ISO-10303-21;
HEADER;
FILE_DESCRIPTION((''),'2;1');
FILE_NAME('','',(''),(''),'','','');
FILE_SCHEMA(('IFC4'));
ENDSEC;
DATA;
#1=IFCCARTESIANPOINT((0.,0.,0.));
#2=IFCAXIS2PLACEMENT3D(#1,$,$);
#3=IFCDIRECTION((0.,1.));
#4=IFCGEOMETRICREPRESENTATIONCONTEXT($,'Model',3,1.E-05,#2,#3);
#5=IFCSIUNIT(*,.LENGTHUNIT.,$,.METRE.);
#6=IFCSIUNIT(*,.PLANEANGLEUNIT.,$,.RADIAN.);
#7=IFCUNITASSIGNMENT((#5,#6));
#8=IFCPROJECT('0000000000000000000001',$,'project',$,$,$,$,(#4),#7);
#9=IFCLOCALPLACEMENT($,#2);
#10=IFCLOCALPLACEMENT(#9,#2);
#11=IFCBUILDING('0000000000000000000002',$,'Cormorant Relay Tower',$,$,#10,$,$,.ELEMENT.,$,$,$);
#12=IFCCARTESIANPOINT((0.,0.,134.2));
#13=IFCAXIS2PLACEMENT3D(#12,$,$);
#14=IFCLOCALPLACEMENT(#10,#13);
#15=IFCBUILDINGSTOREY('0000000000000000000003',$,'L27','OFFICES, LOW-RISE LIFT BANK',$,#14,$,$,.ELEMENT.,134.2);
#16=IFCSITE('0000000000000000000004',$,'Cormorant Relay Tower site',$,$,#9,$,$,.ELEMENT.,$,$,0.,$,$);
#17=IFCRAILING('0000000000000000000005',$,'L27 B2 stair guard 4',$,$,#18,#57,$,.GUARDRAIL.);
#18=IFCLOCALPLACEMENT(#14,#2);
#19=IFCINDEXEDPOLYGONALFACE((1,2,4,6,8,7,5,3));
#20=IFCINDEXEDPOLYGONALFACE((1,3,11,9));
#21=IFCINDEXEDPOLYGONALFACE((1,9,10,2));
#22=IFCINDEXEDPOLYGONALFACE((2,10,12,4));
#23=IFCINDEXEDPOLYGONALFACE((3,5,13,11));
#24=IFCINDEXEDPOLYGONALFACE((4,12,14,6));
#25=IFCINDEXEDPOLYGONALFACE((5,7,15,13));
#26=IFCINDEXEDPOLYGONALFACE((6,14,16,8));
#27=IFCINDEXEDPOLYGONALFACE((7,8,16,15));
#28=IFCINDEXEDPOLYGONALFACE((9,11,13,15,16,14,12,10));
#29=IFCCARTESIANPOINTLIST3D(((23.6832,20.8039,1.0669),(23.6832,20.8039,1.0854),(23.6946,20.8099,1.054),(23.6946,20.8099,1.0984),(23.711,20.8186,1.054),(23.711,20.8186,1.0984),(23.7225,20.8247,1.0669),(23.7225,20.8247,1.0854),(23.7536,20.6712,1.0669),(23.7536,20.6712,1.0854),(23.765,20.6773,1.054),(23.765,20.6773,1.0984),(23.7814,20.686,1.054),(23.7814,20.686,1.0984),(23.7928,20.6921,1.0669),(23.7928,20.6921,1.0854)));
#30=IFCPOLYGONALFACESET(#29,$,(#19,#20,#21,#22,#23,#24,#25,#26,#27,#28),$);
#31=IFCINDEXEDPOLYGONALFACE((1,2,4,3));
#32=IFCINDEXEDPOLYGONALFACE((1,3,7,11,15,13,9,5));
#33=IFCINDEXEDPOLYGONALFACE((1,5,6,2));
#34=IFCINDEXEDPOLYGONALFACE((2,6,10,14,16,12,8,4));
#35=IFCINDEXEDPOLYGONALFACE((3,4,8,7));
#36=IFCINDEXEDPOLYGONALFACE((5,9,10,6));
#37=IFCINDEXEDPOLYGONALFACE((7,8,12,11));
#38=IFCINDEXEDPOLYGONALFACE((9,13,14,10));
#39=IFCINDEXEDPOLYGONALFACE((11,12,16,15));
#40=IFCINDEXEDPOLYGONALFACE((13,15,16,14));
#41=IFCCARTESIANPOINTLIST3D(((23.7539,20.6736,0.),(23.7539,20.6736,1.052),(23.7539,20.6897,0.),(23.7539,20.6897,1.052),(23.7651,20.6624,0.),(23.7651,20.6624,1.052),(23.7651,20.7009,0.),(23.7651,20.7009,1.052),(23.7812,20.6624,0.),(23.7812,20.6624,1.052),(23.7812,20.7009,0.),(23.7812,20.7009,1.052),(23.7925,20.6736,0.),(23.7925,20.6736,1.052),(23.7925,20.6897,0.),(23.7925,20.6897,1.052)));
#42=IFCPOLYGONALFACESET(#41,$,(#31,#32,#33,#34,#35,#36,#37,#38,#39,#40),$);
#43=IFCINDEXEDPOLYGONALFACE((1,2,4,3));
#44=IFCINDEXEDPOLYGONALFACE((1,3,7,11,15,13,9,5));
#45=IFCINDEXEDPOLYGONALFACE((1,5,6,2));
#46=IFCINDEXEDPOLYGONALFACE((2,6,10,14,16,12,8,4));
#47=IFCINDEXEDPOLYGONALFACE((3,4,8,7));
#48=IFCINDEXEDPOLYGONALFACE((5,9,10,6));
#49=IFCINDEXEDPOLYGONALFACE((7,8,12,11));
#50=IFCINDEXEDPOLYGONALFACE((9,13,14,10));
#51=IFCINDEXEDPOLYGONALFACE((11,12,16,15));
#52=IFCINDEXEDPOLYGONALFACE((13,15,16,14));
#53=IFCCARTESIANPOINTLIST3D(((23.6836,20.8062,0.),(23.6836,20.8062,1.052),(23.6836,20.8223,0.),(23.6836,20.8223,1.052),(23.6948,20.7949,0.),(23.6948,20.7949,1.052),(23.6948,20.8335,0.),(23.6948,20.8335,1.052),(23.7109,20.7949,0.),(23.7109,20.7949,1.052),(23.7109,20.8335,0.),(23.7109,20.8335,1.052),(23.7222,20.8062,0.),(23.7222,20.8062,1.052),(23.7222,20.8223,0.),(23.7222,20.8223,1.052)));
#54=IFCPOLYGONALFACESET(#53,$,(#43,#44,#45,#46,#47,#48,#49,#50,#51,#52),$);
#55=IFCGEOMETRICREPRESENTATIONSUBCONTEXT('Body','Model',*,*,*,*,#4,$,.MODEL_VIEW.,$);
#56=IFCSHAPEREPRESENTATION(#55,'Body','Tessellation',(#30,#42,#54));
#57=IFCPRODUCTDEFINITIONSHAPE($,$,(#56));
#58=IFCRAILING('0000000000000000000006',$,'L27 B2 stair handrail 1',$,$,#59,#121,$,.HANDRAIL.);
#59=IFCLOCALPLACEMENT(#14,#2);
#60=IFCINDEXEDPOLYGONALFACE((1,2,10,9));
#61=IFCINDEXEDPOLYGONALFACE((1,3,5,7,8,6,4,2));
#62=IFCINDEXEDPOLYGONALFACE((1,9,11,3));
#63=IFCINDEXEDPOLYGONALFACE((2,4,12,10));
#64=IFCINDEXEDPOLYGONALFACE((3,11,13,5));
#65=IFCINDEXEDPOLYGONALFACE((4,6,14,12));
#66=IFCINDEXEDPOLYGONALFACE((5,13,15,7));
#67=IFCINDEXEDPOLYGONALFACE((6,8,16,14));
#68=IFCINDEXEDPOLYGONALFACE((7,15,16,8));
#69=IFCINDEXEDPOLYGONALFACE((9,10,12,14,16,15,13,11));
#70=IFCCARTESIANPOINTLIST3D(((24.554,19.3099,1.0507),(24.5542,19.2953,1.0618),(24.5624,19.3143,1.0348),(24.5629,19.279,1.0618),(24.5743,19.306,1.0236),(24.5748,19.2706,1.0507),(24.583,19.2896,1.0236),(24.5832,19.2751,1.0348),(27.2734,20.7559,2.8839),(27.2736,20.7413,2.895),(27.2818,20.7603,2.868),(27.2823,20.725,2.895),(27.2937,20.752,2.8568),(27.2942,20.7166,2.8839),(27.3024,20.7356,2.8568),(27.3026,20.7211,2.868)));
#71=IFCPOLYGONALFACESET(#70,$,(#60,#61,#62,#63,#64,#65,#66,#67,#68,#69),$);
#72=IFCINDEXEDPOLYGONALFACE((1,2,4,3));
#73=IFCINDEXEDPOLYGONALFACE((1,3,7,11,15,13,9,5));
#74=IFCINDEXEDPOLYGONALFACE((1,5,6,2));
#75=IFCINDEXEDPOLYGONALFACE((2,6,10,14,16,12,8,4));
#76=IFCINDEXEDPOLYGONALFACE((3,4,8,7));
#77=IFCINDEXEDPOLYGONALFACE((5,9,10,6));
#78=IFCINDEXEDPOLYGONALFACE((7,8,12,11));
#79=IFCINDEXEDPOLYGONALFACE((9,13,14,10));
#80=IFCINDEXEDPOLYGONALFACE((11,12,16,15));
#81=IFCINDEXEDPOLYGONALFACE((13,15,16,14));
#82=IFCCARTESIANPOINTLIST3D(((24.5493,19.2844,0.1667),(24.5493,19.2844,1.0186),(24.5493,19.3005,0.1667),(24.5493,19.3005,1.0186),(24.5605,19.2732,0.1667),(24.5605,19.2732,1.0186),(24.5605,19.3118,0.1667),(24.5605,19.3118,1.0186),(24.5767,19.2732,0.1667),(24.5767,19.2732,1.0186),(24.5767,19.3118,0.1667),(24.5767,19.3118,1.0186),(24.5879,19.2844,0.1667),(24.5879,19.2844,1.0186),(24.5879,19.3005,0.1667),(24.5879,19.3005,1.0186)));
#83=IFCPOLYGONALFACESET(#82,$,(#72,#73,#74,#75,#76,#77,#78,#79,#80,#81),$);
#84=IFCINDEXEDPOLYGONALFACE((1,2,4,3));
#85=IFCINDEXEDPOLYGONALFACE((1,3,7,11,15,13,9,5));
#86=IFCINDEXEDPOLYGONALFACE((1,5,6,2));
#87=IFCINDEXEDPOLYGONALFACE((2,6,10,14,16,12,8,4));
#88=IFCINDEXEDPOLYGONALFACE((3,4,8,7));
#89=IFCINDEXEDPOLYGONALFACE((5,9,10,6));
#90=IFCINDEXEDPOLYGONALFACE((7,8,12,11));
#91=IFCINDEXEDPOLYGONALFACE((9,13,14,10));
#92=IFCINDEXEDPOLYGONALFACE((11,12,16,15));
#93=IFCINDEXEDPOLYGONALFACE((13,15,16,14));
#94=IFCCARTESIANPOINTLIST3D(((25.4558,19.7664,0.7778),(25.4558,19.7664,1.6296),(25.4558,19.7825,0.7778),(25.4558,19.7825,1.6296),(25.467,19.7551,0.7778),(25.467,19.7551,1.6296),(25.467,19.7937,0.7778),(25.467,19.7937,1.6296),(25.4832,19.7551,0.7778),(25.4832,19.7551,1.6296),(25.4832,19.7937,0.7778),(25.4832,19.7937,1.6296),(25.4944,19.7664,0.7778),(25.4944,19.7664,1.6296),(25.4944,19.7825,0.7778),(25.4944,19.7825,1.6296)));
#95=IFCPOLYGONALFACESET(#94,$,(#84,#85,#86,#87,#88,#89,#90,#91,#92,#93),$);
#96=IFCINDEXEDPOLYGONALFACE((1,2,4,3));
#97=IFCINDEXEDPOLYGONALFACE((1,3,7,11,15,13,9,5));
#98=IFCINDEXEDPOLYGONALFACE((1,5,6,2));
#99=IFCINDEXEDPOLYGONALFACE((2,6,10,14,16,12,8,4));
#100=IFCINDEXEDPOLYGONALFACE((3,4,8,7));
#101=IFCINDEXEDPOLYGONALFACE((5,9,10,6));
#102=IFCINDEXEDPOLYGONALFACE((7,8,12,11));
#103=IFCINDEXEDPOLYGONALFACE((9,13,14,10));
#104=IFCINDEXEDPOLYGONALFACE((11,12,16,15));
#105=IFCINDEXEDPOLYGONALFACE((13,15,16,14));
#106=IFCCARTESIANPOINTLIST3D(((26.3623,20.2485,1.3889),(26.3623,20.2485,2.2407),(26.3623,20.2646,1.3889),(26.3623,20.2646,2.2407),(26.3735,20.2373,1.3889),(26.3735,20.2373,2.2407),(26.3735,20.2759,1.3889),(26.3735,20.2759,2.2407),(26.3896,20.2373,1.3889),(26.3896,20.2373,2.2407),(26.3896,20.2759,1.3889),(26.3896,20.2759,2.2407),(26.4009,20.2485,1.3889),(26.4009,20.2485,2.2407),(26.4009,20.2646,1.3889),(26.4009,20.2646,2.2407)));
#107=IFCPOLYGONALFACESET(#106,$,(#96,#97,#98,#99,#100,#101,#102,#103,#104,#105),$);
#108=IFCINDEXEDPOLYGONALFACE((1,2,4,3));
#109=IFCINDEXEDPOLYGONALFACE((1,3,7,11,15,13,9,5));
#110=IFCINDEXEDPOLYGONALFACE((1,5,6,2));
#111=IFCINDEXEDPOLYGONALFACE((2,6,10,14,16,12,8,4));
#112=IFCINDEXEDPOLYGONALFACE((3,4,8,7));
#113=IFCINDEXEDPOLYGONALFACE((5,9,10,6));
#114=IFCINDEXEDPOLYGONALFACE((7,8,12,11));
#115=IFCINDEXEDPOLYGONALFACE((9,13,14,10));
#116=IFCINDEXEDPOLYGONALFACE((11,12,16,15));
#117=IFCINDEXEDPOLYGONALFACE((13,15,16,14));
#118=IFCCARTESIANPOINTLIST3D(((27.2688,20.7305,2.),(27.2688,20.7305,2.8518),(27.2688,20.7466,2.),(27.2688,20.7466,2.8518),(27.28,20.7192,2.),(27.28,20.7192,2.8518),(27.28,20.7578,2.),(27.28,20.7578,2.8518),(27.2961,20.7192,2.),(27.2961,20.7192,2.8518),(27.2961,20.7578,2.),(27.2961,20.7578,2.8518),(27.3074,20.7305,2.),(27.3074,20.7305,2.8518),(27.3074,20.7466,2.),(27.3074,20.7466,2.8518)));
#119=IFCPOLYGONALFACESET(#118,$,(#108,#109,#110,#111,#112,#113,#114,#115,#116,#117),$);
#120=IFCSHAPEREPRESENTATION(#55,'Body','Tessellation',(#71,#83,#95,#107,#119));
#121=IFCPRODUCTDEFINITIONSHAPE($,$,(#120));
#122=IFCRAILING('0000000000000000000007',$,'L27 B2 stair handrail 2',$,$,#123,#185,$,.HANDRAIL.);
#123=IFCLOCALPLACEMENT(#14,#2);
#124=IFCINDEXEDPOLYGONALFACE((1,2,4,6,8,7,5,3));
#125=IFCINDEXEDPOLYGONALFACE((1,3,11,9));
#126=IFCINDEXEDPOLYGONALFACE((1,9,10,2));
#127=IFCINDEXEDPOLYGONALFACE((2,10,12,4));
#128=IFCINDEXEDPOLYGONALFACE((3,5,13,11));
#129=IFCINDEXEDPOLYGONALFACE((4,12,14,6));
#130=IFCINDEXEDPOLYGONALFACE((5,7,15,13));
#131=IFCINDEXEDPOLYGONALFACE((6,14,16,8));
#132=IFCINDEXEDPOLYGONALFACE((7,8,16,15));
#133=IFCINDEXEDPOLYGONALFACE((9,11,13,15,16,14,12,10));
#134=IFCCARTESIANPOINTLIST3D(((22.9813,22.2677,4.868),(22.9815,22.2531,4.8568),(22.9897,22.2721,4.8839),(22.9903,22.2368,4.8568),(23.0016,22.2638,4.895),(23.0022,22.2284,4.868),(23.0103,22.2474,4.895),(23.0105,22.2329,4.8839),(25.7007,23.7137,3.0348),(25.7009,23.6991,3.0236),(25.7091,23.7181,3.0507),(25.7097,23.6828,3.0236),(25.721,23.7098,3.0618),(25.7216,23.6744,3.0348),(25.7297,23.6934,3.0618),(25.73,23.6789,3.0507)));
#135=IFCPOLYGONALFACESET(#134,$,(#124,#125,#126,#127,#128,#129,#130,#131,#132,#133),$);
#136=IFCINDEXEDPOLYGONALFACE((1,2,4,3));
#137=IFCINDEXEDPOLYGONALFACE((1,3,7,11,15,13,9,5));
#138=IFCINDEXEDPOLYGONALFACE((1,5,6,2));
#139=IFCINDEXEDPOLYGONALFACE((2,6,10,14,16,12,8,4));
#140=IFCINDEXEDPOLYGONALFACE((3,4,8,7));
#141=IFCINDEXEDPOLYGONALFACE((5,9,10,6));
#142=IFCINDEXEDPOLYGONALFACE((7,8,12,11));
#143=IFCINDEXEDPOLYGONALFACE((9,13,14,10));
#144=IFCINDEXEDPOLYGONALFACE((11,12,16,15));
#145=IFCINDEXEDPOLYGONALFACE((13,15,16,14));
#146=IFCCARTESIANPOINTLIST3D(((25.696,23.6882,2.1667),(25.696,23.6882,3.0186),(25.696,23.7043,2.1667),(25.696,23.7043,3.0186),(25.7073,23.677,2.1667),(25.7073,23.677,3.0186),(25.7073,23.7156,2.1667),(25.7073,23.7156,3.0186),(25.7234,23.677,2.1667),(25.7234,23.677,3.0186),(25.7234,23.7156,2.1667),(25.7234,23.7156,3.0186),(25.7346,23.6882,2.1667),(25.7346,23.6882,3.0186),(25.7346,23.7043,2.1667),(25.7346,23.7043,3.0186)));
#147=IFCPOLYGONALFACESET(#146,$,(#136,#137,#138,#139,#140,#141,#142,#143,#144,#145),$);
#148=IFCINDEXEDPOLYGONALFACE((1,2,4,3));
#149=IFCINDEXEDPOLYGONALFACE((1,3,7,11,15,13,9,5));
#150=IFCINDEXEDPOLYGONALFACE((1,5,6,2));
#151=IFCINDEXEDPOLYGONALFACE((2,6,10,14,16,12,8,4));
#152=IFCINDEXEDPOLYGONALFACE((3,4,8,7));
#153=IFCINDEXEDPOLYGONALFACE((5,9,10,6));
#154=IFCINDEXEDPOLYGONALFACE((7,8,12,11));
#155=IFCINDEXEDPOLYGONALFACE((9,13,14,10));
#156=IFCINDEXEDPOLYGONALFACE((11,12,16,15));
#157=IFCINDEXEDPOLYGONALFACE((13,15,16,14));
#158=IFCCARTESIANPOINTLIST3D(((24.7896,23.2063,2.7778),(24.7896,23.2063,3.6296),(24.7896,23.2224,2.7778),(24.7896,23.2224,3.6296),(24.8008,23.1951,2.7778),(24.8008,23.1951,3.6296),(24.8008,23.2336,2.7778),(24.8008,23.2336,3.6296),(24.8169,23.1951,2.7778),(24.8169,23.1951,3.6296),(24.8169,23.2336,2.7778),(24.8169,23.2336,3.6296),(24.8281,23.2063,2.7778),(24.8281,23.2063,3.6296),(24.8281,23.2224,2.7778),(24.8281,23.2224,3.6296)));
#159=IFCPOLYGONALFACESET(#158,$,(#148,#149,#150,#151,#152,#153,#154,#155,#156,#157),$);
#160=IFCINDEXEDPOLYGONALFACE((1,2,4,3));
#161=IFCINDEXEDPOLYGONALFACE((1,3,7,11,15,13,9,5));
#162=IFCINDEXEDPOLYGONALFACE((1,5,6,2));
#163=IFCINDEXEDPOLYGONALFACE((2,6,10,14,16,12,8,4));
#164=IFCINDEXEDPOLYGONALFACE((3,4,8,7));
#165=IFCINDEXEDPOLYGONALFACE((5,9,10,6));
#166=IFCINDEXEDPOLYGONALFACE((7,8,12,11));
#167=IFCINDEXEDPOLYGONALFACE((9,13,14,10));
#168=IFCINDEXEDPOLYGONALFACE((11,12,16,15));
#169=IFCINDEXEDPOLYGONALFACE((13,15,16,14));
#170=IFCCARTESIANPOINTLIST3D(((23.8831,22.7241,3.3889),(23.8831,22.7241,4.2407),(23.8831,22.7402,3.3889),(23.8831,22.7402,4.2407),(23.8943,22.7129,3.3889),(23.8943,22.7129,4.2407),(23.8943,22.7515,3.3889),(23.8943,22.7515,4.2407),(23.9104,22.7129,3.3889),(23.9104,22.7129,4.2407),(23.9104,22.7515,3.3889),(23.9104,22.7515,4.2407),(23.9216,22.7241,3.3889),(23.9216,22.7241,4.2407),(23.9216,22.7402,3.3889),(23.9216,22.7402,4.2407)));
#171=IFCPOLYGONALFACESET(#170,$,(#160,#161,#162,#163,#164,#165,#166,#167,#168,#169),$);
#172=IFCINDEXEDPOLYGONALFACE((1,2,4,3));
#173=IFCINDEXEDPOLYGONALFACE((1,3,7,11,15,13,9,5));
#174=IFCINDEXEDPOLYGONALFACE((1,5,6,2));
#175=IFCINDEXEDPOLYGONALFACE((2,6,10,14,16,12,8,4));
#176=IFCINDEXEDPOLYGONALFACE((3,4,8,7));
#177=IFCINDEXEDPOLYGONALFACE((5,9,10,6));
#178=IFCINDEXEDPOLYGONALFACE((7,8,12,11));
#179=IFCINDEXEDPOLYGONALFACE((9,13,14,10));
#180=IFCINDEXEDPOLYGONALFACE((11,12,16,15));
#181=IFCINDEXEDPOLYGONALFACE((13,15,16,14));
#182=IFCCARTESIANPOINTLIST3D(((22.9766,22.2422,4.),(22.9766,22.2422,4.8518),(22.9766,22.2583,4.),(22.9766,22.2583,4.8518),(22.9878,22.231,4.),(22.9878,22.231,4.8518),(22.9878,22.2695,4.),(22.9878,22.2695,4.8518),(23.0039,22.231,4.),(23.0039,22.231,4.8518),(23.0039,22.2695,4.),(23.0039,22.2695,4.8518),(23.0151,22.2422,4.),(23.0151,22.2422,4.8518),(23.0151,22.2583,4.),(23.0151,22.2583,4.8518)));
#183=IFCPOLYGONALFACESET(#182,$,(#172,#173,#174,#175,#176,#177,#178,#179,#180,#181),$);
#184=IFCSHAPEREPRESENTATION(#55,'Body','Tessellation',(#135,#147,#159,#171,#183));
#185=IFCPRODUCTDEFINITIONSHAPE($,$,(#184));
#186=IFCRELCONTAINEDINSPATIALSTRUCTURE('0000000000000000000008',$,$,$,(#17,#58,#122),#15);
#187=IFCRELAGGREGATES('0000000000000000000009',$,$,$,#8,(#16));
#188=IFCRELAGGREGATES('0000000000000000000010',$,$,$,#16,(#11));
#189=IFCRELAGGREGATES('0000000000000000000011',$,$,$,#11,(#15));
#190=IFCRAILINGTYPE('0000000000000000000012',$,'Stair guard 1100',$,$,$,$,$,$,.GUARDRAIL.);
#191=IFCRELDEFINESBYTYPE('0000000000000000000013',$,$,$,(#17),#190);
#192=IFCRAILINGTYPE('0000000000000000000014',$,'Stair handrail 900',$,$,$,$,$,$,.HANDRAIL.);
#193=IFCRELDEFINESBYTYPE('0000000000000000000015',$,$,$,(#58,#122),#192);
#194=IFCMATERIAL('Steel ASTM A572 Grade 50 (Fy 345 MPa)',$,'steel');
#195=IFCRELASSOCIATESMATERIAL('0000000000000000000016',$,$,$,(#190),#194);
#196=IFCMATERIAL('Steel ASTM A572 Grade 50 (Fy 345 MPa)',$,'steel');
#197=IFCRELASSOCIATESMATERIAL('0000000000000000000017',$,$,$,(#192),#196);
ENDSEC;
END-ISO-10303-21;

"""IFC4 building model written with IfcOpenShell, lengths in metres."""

from ifc_helpers import new_model, si_unit, direction, frame, origin, place, context, subcontext, project, spatial, polyline, outline, extrude, material, type_object, element, save


model = new_model("IFC4")

# Units and contexts
model_context = context("Model", 3, precision=1e-05, world=origin(), true_north=direction((0.0, 1.0)))
body_context = subcontext(model_context, "Body", "Model", "MODEL_VIEW")
ifc_project = project(units=[si_unit("LENGTHUNIT", "METRE"), si_unit("PLANEANGLEUNIT", "RADIAN")], contexts=[model_context])

# Site, building, storey
site_placement = place(None, origin())
site = spatial("IfcSite", under=ifc_project, at=site_placement, Name="Cormorant Relay Tower site", CompositionType="ELEMENT", RefElevation=0.0)
building_placement = place(site_placement, origin())
building = spatial("IfcBuilding", under=site, at=building_placement, Name="Cormorant Relay Tower", CompositionType="ELEMENT")
storey_placement = place(building_placement, frame((0.0, 0.0, 134.2)))
storey = spatial("IfcBuildingStorey", under=building, at=storey_placement, Name="L27", Description="OFFICES, LOW-RISE LIFT BANK", CompositionType="ELEMENT", Elevation=134.2)

# Railings
ifc_material_1 = material(Name="Steel ASTM A572 Grade 50 (Fy 345 MPa)", Category="steel")
railing_type_1 = type_object("IfcRailingType", Name="Stair guard 1100", PredefinedType="GUARDRAIL", material=ifc_material_1)
railing_1_placement = place(storey_placement, frame((23.7732, 20.6816, 0.0)))
element("IfcRailing", 1, at=railing_1_placement, inside=storey, type_object=railing_type_1, Name="L27 B2 stair guard 4", PredefinedType="GUARDRAIL", context=body_context, shape_type="SweptSolid", body=[
    extrude(outline(polyline([(0.0222, 0.0093), (0.0093, 0.0222), (-0.0093, 0.0222), (-0.0222, 0.0093), (-0.0222, -0.0093), (-0.0093, -0.0222), (0.0093, -0.0222), (0.0222, -0.0093), (0.0222, 0.0093)])), frame((0.0, 0.0, 1.0762), z_axis=(-0.46856, 0.883431, 0.0), x_axis=(-0.883431, -0.46856, 0.0)), (0.0, 0.0, 1.0), 0.1501),
    extrude(outline(polyline([(0.0193, 0.0081), (0.0081, 0.0193), (-0.0081, 0.0193), (-0.0193, 0.0081), (-0.0193, -0.0081), (-0.0081, -0.0193), (0.0081, -0.0193), (0.0193, -0.0081), (0.0193, 0.0081)])), origin(), (0.0, 0.0, 1.0), 1.052),
    extrude(outline(polyline([(0.0193, 0.0081), (0.0081, 0.0193), (-0.0081, 0.0193), (-0.0193, 0.0081), (-0.0193, -0.0081), (-0.0081, -0.0193), (0.0081, -0.0193), (0.0193, -0.0081), (0.0193, 0.0081)])), frame((-0.0703, 0.1326, 0.0)), (0.0, 0.0, 1.0), 1.052),
])
ifc_material_2 = material(Name="Steel ASTM A572 Grade 50 (Fy 345 MPa)", Category="steel")
railing_type_2 = type_object("IfcRailingType", Name="Stair handrail 900", PredefinedType="HANDRAIL", material=ifc_material_2)
railing_2_placement = place(storey_placement, frame((24.5686, 19.2925, 0.1667)))
element("IfcRailing", 2, at=railing_2_placement, inside=storey, type_object=railing_type_2, Name="L27 B2 stair handrail 1", PredefinedType="HANDRAIL", context=body_context, shape_type="SweptSolid", body=[
    extrude(outline(polyline([(0.0222, 0.0093), (0.0093, 0.0222), (-0.0093, 0.0222), (-0.0222, 0.0093), (-0.0222, -0.0093), (-0.0093, -0.0222), (0.0093, -0.0222), (0.0222, -0.0093), (0.0222, 0.0093)])), frame((0.0, 0.0, 0.876), z_axis=(0.758714, 0.403435, 0.511463), x_axis=(-0.469489, 0.882938, 0.0)), (0.0, 0.0, 1.0), 3.5842),
    extrude(outline(polyline([(0.0193, 0.0081), (0.0081, 0.0193), (-0.0081, 0.0193), (-0.0193, 0.0081), (-0.0193, -0.0081), (-0.0081, -0.0193), (0.0081, -0.0193), (0.0193, -0.0081), (0.0193, 0.0081)])), origin(), (0.0, 0.0, 1.0), 0.8518),
    extrude(outline(polyline([(0.0193, 0.0081), (0.0081, 0.0193), (-0.0081, 0.0193), (-0.0193, 0.0081), (-0.0193, -0.0081), (-0.0081, -0.0193), (0.0081, -0.0193), (0.0193, -0.0081), (0.0193, 0.0081)])), frame((0.9065, 0.4819, 0.6111)), (0.0, 0.0, 1.0), 0.8518),
    extrude(outline(polyline([(0.0193, 0.0081), (0.0081, 0.0193), (-0.0081, 0.0193), (-0.0193, 0.0081), (-0.0193, -0.0081), (-0.0081, -0.0193), (0.0081, -0.0193), (0.0193, -0.0081), (0.0193, 0.0081)])), frame((1.813, 0.9641, 1.2222)), (0.0, 0.0, 1.0), 0.8518),
    extrude(outline(polyline([(0.0193, 0.0081), (0.0081, 0.0193), (-0.0081, 0.0193), (-0.0193, 0.0081), (-0.0193, -0.0081), (-0.0081, -0.0193), (0.0081, -0.0193), (0.0193, -0.0081), (0.0193, 0.0081)])), frame((2.7195, 1.446, 1.8333)), (0.0, 0.0, 1.0), 0.8518),
])
railing_3_placement = place(storey_placement, frame((25.7153, 23.6963, 2.1667)))
element("IfcRailing", 3, at=railing_3_placement, inside=storey, type_object=railing_type_2, Name="L27 B2 stair handrail 2", PredefinedType="HANDRAIL", context=body_context, shape_type="SweptSolid", body=[
    extrude(outline(polyline([(0.0222, 0.0093), (0.0093, 0.0222), (-0.0093, 0.0222), (-0.0222, 0.0093), (-0.0222, -0.0093), (-0.0093, -0.0222), (0.0093, -0.0222), (0.0222, -0.0093), (0.0222, 0.0093)])), frame((0.0, 0.0, 0.876), z_axis=(-0.758714, -0.403435, 0.511463), x_axis=(0.469489, -0.882938, 0.0)), (0.0, 0.0, 1.0), 3.5842),
    extrude(outline(polyline([(0.0193, 0.0081), (0.0081, 0.0193), (-0.0081, 0.0193), (-0.0193, 0.0081), (-0.0193, -0.0081), (-0.0081, -0.0193), (0.0081, -0.0193), (0.0193, -0.0081), (0.0193, 0.0081)])), origin(), (0.0, 0.0, 1.0), 0.8518),
    extrude(outline(polyline([(0.0193, 0.0081), (0.0081, 0.0193), (-0.0081, 0.0193), (-0.0193, 0.0081), (-0.0193, -0.0081), (-0.0081, -0.0193), (0.0081, -0.0193), (0.0193, -0.0081), (0.0193, 0.0081)])), frame((-0.9065, -0.4819, 0.6111)), (0.0, 0.0, 1.0), 0.8518),
    extrude(outline(polyline([(0.0193, 0.0081), (0.0081, 0.0193), (-0.0081, 0.0193), (-0.0193, 0.0081), (-0.0193, -0.0081), (-0.0081, -0.0193), (0.0081, -0.0193), (0.0193, -0.0081), (0.0193, 0.0081)])), frame((-1.813, -0.9641, 1.2222)), (0.0, 0.0, 1.0), 0.8518),
    extrude(outline(polyline([(0.0193, 0.0081), (0.0081, 0.0193), (-0.0081, 0.0193), (-0.0193, 0.0081), (-0.0193, -0.0081), (-0.0081, -0.0193), (0.0081, -0.0193), (0.0193, -0.0081), (0.0193, 0.0081)])), frame((-2.7195, -1.446, 1.8333)), (0.0, 0.0, 1.0), 0.8518),
])

save(model, "model.ifc")
